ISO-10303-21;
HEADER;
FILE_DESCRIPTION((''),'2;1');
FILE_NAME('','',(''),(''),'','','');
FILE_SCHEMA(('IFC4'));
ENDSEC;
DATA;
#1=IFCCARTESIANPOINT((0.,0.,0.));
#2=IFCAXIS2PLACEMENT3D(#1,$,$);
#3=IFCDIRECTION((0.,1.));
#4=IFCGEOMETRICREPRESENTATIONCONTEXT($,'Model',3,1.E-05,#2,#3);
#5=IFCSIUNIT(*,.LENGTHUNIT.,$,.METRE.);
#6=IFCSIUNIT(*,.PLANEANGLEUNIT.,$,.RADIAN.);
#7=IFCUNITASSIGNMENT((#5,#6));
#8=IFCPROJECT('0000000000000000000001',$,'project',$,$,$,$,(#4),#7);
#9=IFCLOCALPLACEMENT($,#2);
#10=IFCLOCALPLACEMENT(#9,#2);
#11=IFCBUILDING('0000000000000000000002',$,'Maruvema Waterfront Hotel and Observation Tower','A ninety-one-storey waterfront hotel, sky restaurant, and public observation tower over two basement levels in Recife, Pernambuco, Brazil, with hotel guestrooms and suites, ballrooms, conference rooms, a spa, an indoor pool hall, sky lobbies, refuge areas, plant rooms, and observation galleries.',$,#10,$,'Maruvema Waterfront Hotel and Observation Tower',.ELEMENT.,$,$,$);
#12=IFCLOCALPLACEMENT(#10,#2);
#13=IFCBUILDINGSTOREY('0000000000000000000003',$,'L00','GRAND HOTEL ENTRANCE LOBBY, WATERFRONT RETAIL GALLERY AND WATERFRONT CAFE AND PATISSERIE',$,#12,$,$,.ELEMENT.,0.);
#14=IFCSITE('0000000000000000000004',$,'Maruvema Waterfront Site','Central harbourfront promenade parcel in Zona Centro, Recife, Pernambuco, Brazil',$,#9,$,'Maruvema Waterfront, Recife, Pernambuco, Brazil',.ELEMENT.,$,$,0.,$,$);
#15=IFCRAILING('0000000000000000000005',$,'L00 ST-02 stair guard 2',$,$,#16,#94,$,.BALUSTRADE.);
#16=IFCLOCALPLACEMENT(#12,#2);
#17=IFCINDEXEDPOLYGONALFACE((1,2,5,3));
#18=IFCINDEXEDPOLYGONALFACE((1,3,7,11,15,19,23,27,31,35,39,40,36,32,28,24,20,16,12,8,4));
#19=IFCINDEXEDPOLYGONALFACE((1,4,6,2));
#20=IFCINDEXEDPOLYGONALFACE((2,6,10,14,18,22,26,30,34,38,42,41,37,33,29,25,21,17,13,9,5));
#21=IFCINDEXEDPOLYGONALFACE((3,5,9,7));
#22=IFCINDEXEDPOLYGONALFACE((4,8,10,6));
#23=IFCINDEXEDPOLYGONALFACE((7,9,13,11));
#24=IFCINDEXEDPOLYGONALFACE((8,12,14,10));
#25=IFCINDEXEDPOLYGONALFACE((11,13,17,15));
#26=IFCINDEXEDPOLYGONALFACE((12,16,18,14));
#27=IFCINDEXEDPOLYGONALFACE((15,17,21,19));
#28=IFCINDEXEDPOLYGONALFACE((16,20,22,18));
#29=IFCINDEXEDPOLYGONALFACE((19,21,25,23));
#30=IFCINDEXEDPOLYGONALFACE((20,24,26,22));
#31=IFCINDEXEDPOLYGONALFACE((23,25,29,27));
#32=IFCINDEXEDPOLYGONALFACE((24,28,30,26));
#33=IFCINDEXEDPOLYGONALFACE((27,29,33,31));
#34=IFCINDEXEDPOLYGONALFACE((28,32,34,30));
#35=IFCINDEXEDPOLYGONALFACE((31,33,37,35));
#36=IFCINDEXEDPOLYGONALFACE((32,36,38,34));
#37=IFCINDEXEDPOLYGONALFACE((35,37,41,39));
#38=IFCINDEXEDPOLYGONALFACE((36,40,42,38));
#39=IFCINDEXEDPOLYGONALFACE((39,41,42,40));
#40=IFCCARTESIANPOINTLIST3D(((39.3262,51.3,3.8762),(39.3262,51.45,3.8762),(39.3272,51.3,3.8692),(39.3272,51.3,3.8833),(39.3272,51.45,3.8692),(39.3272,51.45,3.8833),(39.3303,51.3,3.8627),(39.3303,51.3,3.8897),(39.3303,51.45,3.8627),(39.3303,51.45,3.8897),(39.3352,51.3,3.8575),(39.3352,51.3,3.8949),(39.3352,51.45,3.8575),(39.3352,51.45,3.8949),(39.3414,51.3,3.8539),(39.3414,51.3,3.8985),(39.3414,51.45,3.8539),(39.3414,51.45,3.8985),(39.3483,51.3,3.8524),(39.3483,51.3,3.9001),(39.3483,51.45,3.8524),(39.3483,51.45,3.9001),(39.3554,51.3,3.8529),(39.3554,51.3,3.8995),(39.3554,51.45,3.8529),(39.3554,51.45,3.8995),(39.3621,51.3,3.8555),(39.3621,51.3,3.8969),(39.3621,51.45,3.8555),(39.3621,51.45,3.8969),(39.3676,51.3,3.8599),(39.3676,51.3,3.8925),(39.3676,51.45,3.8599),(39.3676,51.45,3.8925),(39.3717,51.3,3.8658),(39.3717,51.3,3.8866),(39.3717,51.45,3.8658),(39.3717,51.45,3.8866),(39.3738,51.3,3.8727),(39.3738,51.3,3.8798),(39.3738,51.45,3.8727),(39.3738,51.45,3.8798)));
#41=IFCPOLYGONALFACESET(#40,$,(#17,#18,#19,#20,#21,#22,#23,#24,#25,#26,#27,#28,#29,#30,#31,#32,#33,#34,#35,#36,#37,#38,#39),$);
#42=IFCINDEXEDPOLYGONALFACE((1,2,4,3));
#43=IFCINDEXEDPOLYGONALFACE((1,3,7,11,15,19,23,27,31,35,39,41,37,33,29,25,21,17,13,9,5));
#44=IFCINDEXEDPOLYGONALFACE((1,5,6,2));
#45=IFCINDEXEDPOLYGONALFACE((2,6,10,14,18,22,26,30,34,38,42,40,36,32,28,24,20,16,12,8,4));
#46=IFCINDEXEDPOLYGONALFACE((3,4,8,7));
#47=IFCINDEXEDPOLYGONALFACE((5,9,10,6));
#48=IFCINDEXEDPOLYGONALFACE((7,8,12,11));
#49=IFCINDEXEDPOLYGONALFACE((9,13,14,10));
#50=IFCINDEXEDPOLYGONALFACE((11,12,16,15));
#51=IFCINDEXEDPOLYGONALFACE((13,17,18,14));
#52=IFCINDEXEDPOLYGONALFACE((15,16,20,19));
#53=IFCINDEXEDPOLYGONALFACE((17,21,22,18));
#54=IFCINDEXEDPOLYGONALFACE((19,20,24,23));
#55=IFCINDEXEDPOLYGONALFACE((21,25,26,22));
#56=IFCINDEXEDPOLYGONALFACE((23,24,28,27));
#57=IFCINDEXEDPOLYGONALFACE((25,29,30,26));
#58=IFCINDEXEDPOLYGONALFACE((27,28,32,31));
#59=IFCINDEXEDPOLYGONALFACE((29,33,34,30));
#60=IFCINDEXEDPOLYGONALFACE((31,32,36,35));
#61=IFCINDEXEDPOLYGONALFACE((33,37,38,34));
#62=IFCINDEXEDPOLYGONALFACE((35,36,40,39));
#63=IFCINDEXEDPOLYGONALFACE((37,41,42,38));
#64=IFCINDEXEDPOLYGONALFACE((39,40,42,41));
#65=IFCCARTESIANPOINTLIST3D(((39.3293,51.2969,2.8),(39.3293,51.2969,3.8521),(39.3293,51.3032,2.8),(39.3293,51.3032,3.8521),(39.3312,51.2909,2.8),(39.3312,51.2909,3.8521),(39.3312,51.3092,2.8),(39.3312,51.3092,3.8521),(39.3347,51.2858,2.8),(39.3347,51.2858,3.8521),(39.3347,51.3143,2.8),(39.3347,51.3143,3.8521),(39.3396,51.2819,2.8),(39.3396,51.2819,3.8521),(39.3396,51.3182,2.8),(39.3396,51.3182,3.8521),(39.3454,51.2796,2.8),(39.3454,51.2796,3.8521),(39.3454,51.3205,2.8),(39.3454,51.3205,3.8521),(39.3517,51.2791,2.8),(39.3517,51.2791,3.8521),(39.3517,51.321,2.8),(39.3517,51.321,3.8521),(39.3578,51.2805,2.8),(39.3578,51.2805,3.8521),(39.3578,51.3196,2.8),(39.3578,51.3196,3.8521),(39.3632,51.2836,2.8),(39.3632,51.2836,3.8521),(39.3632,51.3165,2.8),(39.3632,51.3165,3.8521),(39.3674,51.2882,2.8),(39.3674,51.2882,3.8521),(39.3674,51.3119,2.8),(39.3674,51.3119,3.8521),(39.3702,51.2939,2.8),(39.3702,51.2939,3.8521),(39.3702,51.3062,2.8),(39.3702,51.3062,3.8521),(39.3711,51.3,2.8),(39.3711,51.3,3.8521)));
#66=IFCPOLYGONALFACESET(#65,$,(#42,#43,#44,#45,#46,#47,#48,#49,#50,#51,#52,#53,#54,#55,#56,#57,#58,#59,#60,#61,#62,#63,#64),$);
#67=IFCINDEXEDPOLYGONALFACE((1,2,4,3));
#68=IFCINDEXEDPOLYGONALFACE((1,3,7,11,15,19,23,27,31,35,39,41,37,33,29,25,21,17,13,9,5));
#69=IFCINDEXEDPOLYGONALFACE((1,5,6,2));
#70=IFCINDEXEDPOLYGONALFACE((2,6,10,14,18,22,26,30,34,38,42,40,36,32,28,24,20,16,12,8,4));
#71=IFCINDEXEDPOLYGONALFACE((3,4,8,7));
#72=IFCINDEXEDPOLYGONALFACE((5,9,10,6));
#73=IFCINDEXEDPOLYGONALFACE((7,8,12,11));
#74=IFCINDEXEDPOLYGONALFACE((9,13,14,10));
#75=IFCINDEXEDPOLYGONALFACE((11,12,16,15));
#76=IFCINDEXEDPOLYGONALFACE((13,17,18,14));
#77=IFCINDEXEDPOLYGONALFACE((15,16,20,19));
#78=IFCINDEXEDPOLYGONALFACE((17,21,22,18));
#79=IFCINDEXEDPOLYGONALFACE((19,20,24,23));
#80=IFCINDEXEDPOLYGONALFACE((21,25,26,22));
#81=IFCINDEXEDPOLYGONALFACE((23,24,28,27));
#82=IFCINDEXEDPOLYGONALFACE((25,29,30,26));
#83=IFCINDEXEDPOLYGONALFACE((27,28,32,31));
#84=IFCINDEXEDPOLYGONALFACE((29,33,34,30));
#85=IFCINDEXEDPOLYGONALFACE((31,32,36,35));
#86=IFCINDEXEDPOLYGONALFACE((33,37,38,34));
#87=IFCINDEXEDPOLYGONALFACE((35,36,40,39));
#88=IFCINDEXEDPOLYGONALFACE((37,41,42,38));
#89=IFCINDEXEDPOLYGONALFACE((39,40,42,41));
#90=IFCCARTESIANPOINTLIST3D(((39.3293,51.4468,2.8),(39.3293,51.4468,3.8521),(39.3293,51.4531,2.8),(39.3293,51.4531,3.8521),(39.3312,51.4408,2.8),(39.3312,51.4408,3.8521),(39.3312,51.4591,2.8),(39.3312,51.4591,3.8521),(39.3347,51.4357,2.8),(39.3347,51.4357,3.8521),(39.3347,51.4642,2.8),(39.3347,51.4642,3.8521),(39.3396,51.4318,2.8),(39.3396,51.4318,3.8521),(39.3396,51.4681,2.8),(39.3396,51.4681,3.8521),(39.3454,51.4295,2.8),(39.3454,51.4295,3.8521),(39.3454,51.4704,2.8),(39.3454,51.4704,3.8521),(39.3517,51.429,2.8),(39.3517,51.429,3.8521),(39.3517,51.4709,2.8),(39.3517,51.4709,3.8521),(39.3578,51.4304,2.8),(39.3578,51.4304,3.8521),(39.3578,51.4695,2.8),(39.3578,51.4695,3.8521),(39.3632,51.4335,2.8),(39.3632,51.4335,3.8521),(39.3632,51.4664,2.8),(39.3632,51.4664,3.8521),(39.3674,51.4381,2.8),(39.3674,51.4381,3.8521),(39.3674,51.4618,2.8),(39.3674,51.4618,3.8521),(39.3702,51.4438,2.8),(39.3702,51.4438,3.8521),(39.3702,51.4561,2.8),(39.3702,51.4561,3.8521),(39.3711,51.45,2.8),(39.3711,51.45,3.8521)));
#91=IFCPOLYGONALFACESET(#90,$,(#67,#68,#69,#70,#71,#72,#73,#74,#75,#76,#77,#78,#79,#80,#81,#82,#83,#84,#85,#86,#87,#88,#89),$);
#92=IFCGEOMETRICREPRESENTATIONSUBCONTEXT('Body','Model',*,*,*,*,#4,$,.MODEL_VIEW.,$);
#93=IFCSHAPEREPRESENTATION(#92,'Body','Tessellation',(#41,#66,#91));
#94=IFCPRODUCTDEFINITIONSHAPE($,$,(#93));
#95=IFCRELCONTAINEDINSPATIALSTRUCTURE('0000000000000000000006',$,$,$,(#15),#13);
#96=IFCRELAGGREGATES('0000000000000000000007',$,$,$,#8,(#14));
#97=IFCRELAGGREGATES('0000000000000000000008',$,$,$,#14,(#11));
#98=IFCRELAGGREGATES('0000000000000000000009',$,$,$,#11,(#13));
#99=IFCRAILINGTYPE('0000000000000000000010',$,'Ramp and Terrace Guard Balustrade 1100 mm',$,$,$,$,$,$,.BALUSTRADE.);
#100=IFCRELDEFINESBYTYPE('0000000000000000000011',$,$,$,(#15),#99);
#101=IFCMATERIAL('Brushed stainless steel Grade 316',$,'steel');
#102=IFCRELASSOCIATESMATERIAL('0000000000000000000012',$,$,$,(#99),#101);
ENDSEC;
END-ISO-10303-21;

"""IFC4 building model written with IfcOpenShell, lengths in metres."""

from ifc_helpers import new_model, si_unit, direction, frame, origin, origin_2d, place, context, subcontext, project, spatial, circle, extrude, material, type_object, element, save


model = new_model("IFC4")

# Units and contexts
model_context = context("Model", 3, precision=1e-05, world=origin(), true_north=direction((0.0, 1.0)))
body_context = subcontext(model_context, "Body", "Model", "MODEL_VIEW")
ifc_project = project(units=[si_unit("LENGTHUNIT", "METRE"), si_unit("PLANEANGLEUNIT", "RADIAN")], contexts=[model_context])

# Site, building, storey
site_placement = place(None, origin())
site = spatial("IfcSite", under=ifc_project, at=site_placement, Name="Maruvema Waterfront Site", Description="Central harbourfront promenade parcel in Zona Centro, Recife, Pernambuco, Brazil", LongName="Maruvema Waterfront, Recife, Pernambuco, Brazil", CompositionType="ELEMENT", RefElevation=0.0)
building_placement = place(site_placement, origin())
building = spatial("IfcBuilding", under=site, at=building_placement, Name="Maruvema Waterfront Hotel and Observation Tower", Description="A ninety-one-storey waterfront hotel, sky restaurant, and public observation tower over two basement levels in Recife, Pernambuco, Brazil, with hotel guestrooms and suites, ballrooms, conference rooms, a spa, an indoor pool hall, sky lobbies, refuge areas, plant rooms, and observation galleries.", LongName="Maruvema Waterfront Hotel and Observation Tower", CompositionType="ELEMENT")
storey_placement = place(building_placement, origin())
storey = spatial("IfcBuildingStorey", under=building, at=storey_placement, Name="L00", Description="GRAND HOTEL ENTRANCE LOBBY, WATERFRONT RETAIL GALLERY AND WATERFRONT CAFE AND PATISSERIE", CompositionType="ELEMENT", Elevation=0.0)

# Railing
ifc_material_1 = material(Name="Brushed stainless steel Grade 316", Category="steel")
railing_type_1 = type_object("IfcRailingType", Name="Ramp and Terrace Guard Balustrade 1100 mm", PredefinedType="BALUSTRADE", material=ifc_material_1)
railing_1_placement = place(storey_placement, frame((39.3501, 51.3, 2.8)))
element("IfcRailing", 1, at=railing_1_placement, inside=storey, type_object=railing_type_1, Name="L00 ST-02 stair guard 2", PredefinedType="BALUSTRADE", context=body_context, shape_type="SweptSolid", body=[
    extrude(circle(Radius=0.0239, at=origin_2d()), frame((0.0, 0.0, 1.0762), z_axis=(0.0, 1.0, 0.0), x_axis=(-1.0, 0.0, 0.0)), (0.0, 0.0, 1.0), 0.1499),
    extrude(circle(Radius=0.021, at=origin_2d()), origin(), (0.0, 0.0, 1.0), 1.052),
    extrude(circle(Radius=0.021, at=origin_2d()), frame((0.0, 0.1499, 0.0)), (0.0, 0.0, 1.0), 1.052),
])

save(model, "model.ifc")
